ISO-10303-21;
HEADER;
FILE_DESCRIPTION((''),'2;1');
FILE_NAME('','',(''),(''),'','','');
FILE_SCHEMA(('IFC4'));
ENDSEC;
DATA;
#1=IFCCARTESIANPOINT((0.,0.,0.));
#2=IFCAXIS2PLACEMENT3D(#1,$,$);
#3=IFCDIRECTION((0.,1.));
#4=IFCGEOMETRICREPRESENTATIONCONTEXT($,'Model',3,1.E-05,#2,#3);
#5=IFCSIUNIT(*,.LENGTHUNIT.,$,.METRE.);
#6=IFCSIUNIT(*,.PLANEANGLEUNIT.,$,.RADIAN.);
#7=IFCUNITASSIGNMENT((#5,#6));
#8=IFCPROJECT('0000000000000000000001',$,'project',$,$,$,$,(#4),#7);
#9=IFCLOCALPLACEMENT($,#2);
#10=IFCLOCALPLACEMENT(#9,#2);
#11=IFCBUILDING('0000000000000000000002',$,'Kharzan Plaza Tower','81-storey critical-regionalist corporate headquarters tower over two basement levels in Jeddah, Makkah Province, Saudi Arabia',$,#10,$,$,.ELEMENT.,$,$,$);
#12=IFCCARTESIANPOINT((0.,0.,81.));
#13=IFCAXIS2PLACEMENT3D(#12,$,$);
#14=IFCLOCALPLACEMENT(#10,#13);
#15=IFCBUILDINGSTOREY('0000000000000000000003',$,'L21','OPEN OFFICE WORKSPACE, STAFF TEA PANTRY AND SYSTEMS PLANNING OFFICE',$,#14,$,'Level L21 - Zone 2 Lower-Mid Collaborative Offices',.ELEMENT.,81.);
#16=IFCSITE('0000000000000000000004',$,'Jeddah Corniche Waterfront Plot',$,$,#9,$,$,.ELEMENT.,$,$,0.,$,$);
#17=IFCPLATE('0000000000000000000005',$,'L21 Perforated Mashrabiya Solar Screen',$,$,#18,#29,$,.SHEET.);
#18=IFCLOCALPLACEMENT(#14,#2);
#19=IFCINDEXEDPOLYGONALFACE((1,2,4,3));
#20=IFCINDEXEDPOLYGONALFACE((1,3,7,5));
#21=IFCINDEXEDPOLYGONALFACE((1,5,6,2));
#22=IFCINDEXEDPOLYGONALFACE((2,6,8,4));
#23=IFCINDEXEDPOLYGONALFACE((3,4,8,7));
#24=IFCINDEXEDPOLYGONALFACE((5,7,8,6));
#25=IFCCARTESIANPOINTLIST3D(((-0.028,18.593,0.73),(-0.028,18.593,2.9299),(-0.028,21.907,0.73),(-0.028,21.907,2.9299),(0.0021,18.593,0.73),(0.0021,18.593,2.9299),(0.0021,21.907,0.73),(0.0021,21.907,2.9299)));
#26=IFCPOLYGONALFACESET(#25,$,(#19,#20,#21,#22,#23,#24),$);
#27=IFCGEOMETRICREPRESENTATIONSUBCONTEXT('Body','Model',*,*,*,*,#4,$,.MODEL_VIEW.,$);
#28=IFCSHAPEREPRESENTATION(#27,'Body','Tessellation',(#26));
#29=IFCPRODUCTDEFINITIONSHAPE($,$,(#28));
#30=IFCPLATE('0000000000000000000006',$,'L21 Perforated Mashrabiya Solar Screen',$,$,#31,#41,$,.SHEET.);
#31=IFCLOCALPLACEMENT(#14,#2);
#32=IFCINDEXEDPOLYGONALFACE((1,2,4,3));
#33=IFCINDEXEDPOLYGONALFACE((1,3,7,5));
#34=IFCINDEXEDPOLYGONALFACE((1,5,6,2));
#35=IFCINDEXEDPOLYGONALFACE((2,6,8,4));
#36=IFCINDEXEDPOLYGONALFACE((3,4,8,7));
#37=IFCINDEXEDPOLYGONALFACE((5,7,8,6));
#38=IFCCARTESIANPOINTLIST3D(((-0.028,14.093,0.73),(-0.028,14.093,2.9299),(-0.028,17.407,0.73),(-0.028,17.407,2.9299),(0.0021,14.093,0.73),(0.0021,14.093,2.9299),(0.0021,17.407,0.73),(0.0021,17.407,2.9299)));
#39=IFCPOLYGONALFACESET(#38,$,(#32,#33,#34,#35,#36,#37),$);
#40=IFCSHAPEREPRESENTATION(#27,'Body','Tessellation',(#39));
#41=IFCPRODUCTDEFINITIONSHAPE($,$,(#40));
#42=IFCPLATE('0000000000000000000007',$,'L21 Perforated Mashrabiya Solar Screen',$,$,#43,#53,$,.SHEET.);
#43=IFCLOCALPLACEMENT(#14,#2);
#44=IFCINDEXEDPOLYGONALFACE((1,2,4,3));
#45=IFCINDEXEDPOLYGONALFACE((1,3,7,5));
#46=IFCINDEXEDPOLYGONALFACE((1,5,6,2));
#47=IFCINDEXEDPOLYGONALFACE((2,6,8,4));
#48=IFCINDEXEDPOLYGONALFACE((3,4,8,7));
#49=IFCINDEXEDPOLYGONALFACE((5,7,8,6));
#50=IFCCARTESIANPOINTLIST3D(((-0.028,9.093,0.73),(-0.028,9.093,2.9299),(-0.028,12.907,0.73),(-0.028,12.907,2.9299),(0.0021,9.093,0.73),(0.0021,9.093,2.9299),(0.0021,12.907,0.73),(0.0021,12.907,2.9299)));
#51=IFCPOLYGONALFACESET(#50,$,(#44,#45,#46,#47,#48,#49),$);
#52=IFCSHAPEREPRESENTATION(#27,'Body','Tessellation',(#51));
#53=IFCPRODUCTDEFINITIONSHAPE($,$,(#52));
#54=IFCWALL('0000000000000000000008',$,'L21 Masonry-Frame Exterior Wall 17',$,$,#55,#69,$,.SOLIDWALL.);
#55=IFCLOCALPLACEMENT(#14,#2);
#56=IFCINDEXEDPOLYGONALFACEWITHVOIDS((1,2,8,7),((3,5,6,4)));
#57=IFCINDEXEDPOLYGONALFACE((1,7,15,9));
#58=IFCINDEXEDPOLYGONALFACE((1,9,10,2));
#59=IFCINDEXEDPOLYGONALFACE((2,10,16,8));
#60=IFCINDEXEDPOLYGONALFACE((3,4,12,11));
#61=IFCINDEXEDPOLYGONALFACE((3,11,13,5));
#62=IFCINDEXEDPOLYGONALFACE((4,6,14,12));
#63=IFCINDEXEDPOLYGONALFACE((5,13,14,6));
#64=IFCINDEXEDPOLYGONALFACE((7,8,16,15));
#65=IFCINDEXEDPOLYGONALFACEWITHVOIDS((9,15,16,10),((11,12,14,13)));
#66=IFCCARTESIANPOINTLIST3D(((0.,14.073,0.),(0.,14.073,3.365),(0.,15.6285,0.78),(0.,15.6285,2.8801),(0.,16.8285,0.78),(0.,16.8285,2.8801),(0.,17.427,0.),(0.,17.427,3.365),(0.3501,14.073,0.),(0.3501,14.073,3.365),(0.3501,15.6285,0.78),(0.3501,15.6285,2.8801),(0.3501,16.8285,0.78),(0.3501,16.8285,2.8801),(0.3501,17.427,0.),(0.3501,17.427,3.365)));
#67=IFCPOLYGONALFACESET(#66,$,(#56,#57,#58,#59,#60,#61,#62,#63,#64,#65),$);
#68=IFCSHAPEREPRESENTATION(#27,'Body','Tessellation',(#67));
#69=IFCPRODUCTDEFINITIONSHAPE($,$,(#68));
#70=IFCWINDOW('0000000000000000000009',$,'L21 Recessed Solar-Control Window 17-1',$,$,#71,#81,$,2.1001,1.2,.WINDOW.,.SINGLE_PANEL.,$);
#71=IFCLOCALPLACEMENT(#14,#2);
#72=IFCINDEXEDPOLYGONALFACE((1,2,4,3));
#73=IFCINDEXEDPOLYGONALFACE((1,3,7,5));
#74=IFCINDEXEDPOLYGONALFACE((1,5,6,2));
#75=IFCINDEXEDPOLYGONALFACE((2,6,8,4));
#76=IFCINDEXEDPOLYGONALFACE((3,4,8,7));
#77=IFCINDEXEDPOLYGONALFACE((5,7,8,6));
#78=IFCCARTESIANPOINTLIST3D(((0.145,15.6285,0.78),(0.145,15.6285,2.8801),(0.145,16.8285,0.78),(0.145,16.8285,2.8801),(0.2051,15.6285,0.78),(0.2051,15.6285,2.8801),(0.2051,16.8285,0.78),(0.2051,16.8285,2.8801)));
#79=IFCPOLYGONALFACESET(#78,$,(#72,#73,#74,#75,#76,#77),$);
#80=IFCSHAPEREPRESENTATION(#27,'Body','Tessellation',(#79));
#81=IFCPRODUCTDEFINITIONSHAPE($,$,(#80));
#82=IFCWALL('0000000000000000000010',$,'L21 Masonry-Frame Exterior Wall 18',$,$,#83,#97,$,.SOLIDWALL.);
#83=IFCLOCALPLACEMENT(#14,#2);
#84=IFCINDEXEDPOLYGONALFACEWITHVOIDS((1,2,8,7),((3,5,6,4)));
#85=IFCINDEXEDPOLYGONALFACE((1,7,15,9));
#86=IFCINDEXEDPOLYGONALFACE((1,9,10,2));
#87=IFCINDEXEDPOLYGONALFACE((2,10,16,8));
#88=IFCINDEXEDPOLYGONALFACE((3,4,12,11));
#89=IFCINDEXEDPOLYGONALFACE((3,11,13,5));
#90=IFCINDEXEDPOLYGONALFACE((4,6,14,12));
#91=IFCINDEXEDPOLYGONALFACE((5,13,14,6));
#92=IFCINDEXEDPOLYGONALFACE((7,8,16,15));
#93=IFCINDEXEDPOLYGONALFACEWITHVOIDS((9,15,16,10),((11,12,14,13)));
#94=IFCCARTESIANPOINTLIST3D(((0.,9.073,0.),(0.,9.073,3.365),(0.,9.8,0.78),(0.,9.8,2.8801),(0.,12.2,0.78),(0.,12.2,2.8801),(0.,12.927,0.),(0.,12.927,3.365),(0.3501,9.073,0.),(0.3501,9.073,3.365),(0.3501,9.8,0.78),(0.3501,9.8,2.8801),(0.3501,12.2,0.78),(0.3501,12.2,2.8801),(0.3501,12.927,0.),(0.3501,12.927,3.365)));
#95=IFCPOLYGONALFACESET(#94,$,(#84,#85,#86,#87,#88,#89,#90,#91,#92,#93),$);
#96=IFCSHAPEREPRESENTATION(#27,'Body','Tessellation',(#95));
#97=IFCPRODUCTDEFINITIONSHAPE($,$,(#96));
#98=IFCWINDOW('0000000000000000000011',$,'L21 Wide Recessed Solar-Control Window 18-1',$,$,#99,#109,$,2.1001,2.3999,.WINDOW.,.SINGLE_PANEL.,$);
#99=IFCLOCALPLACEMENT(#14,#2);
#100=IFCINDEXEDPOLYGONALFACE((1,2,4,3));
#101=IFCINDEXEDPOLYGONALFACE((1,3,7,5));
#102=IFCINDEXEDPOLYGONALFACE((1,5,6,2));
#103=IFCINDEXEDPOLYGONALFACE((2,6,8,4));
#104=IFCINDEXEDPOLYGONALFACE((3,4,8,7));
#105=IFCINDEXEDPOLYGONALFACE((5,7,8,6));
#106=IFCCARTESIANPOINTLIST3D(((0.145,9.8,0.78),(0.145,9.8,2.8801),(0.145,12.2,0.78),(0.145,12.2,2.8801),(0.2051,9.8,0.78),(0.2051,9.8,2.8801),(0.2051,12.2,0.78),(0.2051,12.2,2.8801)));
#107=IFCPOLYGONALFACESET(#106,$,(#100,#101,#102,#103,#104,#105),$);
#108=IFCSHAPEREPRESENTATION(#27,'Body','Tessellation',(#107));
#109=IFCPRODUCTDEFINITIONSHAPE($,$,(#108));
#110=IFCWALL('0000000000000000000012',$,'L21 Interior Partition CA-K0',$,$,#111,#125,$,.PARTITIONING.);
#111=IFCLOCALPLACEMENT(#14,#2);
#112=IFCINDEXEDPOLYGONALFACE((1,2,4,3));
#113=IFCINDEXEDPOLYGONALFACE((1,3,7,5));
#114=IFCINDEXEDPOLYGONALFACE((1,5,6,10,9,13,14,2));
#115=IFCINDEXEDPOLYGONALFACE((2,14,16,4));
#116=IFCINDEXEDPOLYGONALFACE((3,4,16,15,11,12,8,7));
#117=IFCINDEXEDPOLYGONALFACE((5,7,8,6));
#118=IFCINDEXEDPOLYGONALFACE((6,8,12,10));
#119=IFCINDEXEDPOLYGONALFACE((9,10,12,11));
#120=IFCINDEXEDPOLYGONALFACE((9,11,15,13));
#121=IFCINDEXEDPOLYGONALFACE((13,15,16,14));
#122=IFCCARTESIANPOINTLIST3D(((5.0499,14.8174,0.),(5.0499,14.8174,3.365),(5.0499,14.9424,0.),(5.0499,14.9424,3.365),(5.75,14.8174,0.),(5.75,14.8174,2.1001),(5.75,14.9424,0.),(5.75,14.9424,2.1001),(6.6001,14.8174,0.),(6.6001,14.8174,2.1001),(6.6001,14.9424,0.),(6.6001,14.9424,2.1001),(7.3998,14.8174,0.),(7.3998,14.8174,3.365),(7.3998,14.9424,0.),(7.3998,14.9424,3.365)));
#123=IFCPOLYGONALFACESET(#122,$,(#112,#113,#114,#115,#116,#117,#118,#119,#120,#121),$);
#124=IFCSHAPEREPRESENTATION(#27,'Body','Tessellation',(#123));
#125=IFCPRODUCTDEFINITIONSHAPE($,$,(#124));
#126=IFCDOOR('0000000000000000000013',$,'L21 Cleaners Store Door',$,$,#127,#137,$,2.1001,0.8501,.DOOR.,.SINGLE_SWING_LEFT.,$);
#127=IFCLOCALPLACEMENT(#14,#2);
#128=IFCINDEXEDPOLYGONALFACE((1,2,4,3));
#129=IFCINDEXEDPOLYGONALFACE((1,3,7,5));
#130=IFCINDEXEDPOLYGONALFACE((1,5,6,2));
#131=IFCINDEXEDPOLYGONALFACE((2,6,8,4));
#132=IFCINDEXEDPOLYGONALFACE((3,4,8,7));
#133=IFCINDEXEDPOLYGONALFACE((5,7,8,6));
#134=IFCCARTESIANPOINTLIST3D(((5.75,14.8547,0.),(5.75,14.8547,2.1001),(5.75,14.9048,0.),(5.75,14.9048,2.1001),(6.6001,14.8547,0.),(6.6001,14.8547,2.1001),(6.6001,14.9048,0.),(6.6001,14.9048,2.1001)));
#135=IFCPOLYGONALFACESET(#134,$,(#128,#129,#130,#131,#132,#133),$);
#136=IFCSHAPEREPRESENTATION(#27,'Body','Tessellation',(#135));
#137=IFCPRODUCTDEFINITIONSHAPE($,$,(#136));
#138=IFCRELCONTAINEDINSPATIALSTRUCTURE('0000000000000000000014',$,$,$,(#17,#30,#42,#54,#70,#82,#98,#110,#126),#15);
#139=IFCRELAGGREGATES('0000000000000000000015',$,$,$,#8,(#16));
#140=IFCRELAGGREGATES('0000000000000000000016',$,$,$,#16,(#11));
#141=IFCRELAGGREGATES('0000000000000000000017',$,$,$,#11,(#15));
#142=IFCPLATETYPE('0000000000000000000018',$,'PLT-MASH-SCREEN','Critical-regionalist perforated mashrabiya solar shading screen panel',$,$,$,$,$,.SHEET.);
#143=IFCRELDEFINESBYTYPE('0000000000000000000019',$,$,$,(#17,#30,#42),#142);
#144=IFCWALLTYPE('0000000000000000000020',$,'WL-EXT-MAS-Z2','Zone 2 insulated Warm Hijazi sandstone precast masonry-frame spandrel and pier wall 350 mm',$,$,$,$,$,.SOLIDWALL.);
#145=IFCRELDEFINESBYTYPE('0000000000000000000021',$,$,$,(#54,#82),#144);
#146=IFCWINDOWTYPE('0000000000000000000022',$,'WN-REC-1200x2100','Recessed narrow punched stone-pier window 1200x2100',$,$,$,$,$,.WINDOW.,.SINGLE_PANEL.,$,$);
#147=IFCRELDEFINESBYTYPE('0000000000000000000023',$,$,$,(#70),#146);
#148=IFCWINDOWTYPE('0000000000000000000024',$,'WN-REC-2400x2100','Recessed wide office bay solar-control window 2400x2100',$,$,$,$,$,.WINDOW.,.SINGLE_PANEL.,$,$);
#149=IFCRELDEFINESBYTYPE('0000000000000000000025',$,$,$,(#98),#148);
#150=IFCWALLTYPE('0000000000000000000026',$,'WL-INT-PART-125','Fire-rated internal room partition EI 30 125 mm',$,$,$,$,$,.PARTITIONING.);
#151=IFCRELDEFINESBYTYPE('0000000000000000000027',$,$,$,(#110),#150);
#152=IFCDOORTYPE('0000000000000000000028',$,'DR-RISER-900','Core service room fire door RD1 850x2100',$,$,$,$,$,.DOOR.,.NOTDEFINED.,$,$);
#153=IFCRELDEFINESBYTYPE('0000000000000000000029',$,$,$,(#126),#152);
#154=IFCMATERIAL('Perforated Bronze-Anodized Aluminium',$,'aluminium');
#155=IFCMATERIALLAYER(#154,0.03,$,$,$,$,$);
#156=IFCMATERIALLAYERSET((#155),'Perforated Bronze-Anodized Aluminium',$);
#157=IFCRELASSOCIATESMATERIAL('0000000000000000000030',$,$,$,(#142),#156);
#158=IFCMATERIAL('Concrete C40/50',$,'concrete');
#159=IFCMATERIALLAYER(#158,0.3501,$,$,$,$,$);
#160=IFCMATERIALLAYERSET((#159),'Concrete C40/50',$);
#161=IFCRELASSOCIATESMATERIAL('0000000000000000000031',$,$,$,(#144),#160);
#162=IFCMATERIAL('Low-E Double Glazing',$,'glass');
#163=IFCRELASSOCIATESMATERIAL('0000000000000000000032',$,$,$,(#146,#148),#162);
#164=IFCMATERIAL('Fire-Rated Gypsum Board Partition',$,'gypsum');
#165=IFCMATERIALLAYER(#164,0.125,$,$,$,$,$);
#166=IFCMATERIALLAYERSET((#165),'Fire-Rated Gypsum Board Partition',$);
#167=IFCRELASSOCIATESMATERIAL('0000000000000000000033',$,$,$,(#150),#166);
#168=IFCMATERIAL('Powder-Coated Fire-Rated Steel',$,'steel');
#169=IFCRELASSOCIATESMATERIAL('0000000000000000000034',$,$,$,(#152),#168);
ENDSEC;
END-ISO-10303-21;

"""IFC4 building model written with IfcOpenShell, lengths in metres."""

from ifc_helpers import new_model, si_unit, direction, frame, frame_2d, origin, origin_2d, place, context, subcontext, project, spatial, rectangle, extrude, source, transform, mapped, material, layer, layer_set, type_object, element, fill, save


model = new_model("IFC4")

# Units and contexts
model_context = context("Model", 3, precision=1e-05, world=origin(), true_north=direction((0.0, 1.0)))
body_context = subcontext(model_context, "Body", "Model", "MODEL_VIEW")
ifc_project = project(units=[si_unit("LENGTHUNIT", "METRE"), si_unit("PLANEANGLEUNIT", "RADIAN")], contexts=[model_context])

# Site, building, storey
site_placement = place(None, origin())
site = spatial("IfcSite", under=ifc_project, at=site_placement, Name="Jeddah Corniche Waterfront Plot", CompositionType="ELEMENT", RefElevation=0.0)
building_placement = place(site_placement, origin())
building = spatial("IfcBuilding", under=site, at=building_placement, Name="Kharzan Plaza Tower", Description="81-storey critical-regionalist corporate headquarters tower over two basement levels in Jeddah, Makkah Province, Saudi Arabia", CompositionType="ELEMENT")
storey_placement = place(building_placement, frame((0.0, 0.0, 81.0)))
storey = spatial("IfcBuildingStorey", under=building, at=storey_placement, Name="L21", Description="OPEN OFFICE WORKSPACE, STAFF TEA PANTRY AND SYSTEMS PLANNING OFFICE", LongName="Level L21 - Zone 2 Lower-Mid Collaborative Offices", CompositionType="ELEMENT", Elevation=81.0)

# Plates
ifc_material_1 = material(Name="Perforated Bronze-Anodized Aluminium", Category="aluminium")
ifc_layer_1 = layer(ifc_material_1, 0.03)
ifc_layer_set_1 = layer_set([ifc_layer_1], Name="Perforated Bronze-Anodized Aluminium")
plate_type = type_object("IfcPlateType", Name="PLT-MASH-SCREEN", Description="Critical-regionalist perforated mashrabiya solar shading screen panel", PredefinedType="SHEET", material=ifc_layer_set_1)
shared_shape_1 = source(origin(), body_context, "Body", "SweptSolid", [
    extrude(rectangle(XDim=3.314, YDim=0.03, at=origin_2d()), origin(), (0.0, 0.0, 1.0), 2.2),
])
for number, where, z_axis, x_axis, name in (
    (1, (-0.0129, 20.25, 0.73), (0.0, 0.0, 1.0), (0.0, -1.0, 0.0), "L21 Perforated Mashrabiya Solar Screen"),
    (2, (-0.0129, 15.75, 0.73), (0.0, 0.0, 1.0), (0.0, -1.0, 0.0), "L21 Perforated Mashrabiya Solar Screen"),
):
    element("IfcPlate", number, at=place(storey_placement, frame(where, z_axis=z_axis, x_axis=x_axis)), inside=storey, type_object=plate_type, Name=name, PredefinedType="SHEET", context=body_context, shape_type="MappedRepresentation", body=[
        mapped(shared_shape_1, transform((0.0, 0.0, 0.0), x_axis=(1.0, 0.0, 0.0), y_axis=(0.0, 1.0, 0.0), z_axis=(0.0, 0.0, 1.0))),
    ])
shared_shape_2 = source(origin(), body_context, "Body", "SweptSolid", [
    extrude(rectangle(XDim=3.814, YDim=0.03, at=origin_2d()), origin(), (0.0, 0.0, 1.0), 2.2),
])
plate_placement = place(storey_placement, frame((-0.0129, 11.0, 0.73), z_axis=(0.0, 0.0, 1.0), x_axis=(0.0, -1.0, 0.0)))
element("IfcPlate", 3, at=plate_placement, inside=storey, type_object=plate_type, Name="L21 Perforated Mashrabiya Solar Screen", PredefinedType="SHEET", context=body_context, shape_type="MappedRepresentation", body=[
    mapped(shared_shape_2, transform((0.0, 0.0, 0.0), x_axis=(1.0, 0.0, 0.0), y_axis=(0.0, 1.0, 0.0), z_axis=(0.0, 0.0, 1.0))),
])

# Walls, openings, windows
ifc_material_2 = material(Name="Concrete C40/50", Category="concrete")
ifc_layer_2 = layer(ifc_material_2, 0.3501)
ifc_layer_set_2 = layer_set([ifc_layer_2], Name="Concrete C40/50")
wall_type_1 = type_object("IfcWallType", Name="WL-EXT-MAS-Z2", Description="Zone 2 insulated Warm Hijazi sandstone precast masonry-frame spandrel and pier wall 350 mm", PredefinedType="SOLIDWALL", material=ifc_layer_set_2)
wall_1_placement = place(storey_placement, frame((0.175, 17.427, 0.0), z_axis=(0.0, 0.0, 1.0), x_axis=(0.0, -1.0, 0.0)))
wall_1 = element("IfcWall", 4, at=wall_1_placement, inside=storey, type_object=wall_type_1, Name="L21 Masonry-Frame Exterior Wall 17", PredefinedType="SOLIDWALL", context=body_context, shape_type="SweptSolid", body=[
    extrude(rectangle(XDim=3.354, YDim=0.3501, at=frame_2d((1.677, 0.0))), origin(), (0.0, 0.0, 1.0), 3.365),
])
opening_1_placement = place(wall_1_placement, frame((0.5984, 0.0, 0.78)))
opening_1 = element("IfcOpeningElement", 5, at=opening_1_placement, cuts=wall_1, PredefinedType="OPENING", context=body_context, shape_type="SweptSolid", body=[
    extrude(rectangle(XDim=1.2, YDim=2.1001, at=frame_2d((0.6001, 1.05))), frame((0.0, 0.1851, 0.0), z_axis=(0.0, -1.0, 0.0), x_axis=(1.0, 0.0, 0.0)), (0.0, 0.0, 1.0), 0.3701),
])
ifc_material_3 = material(Name="Low-E Double Glazing", Category="glass")
window_type_1 = type_object("IfcWindowType", Name="WN-REC-1200x2100", Description="Recessed narrow punched stone-pier window 1200x2100", PartitioningType="SINGLE_PANEL", PredefinedType="WINDOW", material=ifc_material_3)
shared_shape_3 = source(origin(), body_context, "Body", "SweptSolid", [
    extrude(rectangle(XDim=1.2, YDim=2.1001, at=frame_2d((0.6001, 1.05))), frame((0.0, 0.03, 0.0), z_axis=(0.0, -1.0, 0.0), x_axis=(1.0, 0.0, 0.0)), (0.0, 0.0, 1.0), 0.0601),
])
window_1_placement = place(opening_1_placement, origin())
window_1 = element("IfcWindow", 6, at=window_1_placement, inside=storey, type_object=window_type_1, Name="L21 Recessed Solar-Control Window 17-1", OverallHeight=2.1001, OverallWidth=1.2, PartitioningType="SINGLE_PANEL", PredefinedType="WINDOW", context=body_context, shape_type="MappedRepresentation", body=[
    mapped(shared_shape_3, transform((0.0, 0.0, 0.0), x_axis=(1.0, 0.0, 0.0), y_axis=(0.0, 1.0, 0.0), z_axis=(0.0, 0.0, 1.0))),
])
fill(opening_1, window_1)
wall_2_placement = place(storey_placement, frame((0.175, 12.927, 0.0), z_axis=(0.0, 0.0, 1.0), x_axis=(0.0, -1.0, 0.0)))
wall_2 = element("IfcWall", 7, at=wall_2_placement, inside=storey, type_object=wall_type_1, Name="L21 Masonry-Frame Exterior Wall 18", PredefinedType="SOLIDWALL", context=body_context, shape_type="SweptSolid", body=[
    extrude(rectangle(XDim=3.854, YDim=0.3501, at=frame_2d((1.927, 0.0))), origin(), (0.0, 0.0, 1.0), 3.365),
])
opening_2_placement = place(wall_2_placement, frame((0.7271, 0.0, 0.78)))
opening_2 = element("IfcOpeningElement", 8, at=opening_2_placement, cuts=wall_2, PredefinedType="OPENING", context=body_context, shape_type="SweptSolid", body=[
    extrude(rectangle(XDim=2.3999, YDim=2.1001, at=frame_2d((1.2, 1.05))), frame((0.0, 0.1851, 0.0), z_axis=(0.0, -1.0, 0.0), x_axis=(1.0, 0.0, 0.0)), (0.0, 0.0, 1.0), 0.3701),
])
window_type_2 = type_object("IfcWindowType", Name="WN-REC-2400x2100", Description="Recessed wide office bay solar-control window 2400x2100", PartitioningType="SINGLE_PANEL", PredefinedType="WINDOW", material=ifc_material_3)
shared_shape_4 = source(origin(), body_context, "Body", "SweptSolid", [
    extrude(rectangle(XDim=2.3999, YDim=2.1001, at=frame_2d((1.2, 1.05))), frame((0.0, 0.03, 0.0), z_axis=(0.0, -1.0, 0.0), x_axis=(1.0, 0.0, 0.0)), (0.0, 0.0, 1.0), 0.0601),
])
window_2_placement = place(opening_2_placement, origin())
window_2 = element("IfcWindow", 9, at=window_2_placement, inside=storey, type_object=window_type_2, Name="L21 Wide Recessed Solar-Control Window 18-1", OverallHeight=2.1001, OverallWidth=2.3999, PartitioningType="SINGLE_PANEL", PredefinedType="WINDOW", context=body_context, shape_type="MappedRepresentation", body=[
    mapped(shared_shape_4, transform((0.0, 0.0, 0.0), x_axis=(1.0, 0.0, 0.0), y_axis=(0.0, 1.0, 0.0), z_axis=(0.0, 0.0, 1.0))),
])
fill(opening_2, window_2)

# Wall, opening, door
ifc_material_4 = material(Name="Fire-Rated Gypsum Board Partition", Category="gypsum")
ifc_layer_3 = layer(ifc_material_4, 0.125)
ifc_layer_set_3 = layer_set([ifc_layer_3], Name="Fire-Rated Gypsum Board Partition")
wall_type_2 = type_object("IfcWallType", Name="WL-INT-PART-125", Description="Fire-rated internal room partition EI 30 125 mm", PredefinedType="PARTITIONING", material=ifc_layer_set_3)
wall_3_placement = place(storey_placement, frame((5.05, 14.8799, 0.0), z_axis=(0.0, 0.0, 1.0), x_axis=(1.0, 0.0, 0.0)))
wall_3 = element("IfcWall", 10, at=wall_3_placement, inside=storey, type_object=wall_type_2, Name="L21 Interior Partition CA-K0", PredefinedType="PARTITIONING", context=body_context, shape_type="SweptSolid", body=[
    extrude(rectangle(XDim=2.3499, YDim=0.125, at=frame_2d((1.1748, 0.0))), origin(), (0.0, 0.0, 1.0), 3.365),
])
opening_3_placement = place(wall_3_placement, frame((0.7, 0.0, 0.0)))
opening_3 = element("IfcOpeningElement", 11, at=opening_3_placement, cuts=wall_3, PredefinedType="OPENING", context=body_context, shape_type="SweptSolid", body=[
    extrude(rectangle(XDim=0.8501, YDim=2.1001, at=frame_2d((0.425, 1.05))), frame((0.0, 0.0725, 0.0), z_axis=(0.0, -1.0, 0.0), x_axis=(1.0, 0.0, 0.0)), (0.0, 0.0, 1.0), 0.145),
])
ifc_material_5 = material(Name="Powder-Coated Fire-Rated Steel", Category="steel")
door_type_1 = type_object("IfcDoorType", Name="DR-RISER-900", Description="Core service room fire door RD1 850x2100", OperationType="NOTDEFINED", PredefinedType="DOOR", material=ifc_material_5)
shared_shape_5 = source(origin(), body_context, "Body", "SweptSolid", [
    extrude(rectangle(XDim=0.8501, YDim=2.1001, at=frame_2d((0.425, 1.05))), frame((0.0, 0.0249, 0.0), z_axis=(0.0, -1.0, 0.0), x_axis=(1.0, 0.0, 0.0)), (0.0, 0.0, 1.0), 0.05),
])
door_1_placement = place(opening_3_placement, origin())
door_1 = element("IfcDoor", 12, at=door_1_placement, inside=storey, type_object=door_type_1, Name="L21 Cleaners Store Door", OperationType="SINGLE_SWING_LEFT", OverallHeight=2.1001, OverallWidth=0.8501, PredefinedType="DOOR", context=body_context, shape_type="MappedRepresentation", body=[
    mapped(shared_shape_5, transform((0.0, 0.0, 0.0), x_axis=(1.0, 0.0, 0.0), y_axis=(0.0, 1.0, 0.0), z_axis=(0.0, 0.0, 1.0))),
])
fill(opening_3, door_1)

save(model, "model.ifc")
